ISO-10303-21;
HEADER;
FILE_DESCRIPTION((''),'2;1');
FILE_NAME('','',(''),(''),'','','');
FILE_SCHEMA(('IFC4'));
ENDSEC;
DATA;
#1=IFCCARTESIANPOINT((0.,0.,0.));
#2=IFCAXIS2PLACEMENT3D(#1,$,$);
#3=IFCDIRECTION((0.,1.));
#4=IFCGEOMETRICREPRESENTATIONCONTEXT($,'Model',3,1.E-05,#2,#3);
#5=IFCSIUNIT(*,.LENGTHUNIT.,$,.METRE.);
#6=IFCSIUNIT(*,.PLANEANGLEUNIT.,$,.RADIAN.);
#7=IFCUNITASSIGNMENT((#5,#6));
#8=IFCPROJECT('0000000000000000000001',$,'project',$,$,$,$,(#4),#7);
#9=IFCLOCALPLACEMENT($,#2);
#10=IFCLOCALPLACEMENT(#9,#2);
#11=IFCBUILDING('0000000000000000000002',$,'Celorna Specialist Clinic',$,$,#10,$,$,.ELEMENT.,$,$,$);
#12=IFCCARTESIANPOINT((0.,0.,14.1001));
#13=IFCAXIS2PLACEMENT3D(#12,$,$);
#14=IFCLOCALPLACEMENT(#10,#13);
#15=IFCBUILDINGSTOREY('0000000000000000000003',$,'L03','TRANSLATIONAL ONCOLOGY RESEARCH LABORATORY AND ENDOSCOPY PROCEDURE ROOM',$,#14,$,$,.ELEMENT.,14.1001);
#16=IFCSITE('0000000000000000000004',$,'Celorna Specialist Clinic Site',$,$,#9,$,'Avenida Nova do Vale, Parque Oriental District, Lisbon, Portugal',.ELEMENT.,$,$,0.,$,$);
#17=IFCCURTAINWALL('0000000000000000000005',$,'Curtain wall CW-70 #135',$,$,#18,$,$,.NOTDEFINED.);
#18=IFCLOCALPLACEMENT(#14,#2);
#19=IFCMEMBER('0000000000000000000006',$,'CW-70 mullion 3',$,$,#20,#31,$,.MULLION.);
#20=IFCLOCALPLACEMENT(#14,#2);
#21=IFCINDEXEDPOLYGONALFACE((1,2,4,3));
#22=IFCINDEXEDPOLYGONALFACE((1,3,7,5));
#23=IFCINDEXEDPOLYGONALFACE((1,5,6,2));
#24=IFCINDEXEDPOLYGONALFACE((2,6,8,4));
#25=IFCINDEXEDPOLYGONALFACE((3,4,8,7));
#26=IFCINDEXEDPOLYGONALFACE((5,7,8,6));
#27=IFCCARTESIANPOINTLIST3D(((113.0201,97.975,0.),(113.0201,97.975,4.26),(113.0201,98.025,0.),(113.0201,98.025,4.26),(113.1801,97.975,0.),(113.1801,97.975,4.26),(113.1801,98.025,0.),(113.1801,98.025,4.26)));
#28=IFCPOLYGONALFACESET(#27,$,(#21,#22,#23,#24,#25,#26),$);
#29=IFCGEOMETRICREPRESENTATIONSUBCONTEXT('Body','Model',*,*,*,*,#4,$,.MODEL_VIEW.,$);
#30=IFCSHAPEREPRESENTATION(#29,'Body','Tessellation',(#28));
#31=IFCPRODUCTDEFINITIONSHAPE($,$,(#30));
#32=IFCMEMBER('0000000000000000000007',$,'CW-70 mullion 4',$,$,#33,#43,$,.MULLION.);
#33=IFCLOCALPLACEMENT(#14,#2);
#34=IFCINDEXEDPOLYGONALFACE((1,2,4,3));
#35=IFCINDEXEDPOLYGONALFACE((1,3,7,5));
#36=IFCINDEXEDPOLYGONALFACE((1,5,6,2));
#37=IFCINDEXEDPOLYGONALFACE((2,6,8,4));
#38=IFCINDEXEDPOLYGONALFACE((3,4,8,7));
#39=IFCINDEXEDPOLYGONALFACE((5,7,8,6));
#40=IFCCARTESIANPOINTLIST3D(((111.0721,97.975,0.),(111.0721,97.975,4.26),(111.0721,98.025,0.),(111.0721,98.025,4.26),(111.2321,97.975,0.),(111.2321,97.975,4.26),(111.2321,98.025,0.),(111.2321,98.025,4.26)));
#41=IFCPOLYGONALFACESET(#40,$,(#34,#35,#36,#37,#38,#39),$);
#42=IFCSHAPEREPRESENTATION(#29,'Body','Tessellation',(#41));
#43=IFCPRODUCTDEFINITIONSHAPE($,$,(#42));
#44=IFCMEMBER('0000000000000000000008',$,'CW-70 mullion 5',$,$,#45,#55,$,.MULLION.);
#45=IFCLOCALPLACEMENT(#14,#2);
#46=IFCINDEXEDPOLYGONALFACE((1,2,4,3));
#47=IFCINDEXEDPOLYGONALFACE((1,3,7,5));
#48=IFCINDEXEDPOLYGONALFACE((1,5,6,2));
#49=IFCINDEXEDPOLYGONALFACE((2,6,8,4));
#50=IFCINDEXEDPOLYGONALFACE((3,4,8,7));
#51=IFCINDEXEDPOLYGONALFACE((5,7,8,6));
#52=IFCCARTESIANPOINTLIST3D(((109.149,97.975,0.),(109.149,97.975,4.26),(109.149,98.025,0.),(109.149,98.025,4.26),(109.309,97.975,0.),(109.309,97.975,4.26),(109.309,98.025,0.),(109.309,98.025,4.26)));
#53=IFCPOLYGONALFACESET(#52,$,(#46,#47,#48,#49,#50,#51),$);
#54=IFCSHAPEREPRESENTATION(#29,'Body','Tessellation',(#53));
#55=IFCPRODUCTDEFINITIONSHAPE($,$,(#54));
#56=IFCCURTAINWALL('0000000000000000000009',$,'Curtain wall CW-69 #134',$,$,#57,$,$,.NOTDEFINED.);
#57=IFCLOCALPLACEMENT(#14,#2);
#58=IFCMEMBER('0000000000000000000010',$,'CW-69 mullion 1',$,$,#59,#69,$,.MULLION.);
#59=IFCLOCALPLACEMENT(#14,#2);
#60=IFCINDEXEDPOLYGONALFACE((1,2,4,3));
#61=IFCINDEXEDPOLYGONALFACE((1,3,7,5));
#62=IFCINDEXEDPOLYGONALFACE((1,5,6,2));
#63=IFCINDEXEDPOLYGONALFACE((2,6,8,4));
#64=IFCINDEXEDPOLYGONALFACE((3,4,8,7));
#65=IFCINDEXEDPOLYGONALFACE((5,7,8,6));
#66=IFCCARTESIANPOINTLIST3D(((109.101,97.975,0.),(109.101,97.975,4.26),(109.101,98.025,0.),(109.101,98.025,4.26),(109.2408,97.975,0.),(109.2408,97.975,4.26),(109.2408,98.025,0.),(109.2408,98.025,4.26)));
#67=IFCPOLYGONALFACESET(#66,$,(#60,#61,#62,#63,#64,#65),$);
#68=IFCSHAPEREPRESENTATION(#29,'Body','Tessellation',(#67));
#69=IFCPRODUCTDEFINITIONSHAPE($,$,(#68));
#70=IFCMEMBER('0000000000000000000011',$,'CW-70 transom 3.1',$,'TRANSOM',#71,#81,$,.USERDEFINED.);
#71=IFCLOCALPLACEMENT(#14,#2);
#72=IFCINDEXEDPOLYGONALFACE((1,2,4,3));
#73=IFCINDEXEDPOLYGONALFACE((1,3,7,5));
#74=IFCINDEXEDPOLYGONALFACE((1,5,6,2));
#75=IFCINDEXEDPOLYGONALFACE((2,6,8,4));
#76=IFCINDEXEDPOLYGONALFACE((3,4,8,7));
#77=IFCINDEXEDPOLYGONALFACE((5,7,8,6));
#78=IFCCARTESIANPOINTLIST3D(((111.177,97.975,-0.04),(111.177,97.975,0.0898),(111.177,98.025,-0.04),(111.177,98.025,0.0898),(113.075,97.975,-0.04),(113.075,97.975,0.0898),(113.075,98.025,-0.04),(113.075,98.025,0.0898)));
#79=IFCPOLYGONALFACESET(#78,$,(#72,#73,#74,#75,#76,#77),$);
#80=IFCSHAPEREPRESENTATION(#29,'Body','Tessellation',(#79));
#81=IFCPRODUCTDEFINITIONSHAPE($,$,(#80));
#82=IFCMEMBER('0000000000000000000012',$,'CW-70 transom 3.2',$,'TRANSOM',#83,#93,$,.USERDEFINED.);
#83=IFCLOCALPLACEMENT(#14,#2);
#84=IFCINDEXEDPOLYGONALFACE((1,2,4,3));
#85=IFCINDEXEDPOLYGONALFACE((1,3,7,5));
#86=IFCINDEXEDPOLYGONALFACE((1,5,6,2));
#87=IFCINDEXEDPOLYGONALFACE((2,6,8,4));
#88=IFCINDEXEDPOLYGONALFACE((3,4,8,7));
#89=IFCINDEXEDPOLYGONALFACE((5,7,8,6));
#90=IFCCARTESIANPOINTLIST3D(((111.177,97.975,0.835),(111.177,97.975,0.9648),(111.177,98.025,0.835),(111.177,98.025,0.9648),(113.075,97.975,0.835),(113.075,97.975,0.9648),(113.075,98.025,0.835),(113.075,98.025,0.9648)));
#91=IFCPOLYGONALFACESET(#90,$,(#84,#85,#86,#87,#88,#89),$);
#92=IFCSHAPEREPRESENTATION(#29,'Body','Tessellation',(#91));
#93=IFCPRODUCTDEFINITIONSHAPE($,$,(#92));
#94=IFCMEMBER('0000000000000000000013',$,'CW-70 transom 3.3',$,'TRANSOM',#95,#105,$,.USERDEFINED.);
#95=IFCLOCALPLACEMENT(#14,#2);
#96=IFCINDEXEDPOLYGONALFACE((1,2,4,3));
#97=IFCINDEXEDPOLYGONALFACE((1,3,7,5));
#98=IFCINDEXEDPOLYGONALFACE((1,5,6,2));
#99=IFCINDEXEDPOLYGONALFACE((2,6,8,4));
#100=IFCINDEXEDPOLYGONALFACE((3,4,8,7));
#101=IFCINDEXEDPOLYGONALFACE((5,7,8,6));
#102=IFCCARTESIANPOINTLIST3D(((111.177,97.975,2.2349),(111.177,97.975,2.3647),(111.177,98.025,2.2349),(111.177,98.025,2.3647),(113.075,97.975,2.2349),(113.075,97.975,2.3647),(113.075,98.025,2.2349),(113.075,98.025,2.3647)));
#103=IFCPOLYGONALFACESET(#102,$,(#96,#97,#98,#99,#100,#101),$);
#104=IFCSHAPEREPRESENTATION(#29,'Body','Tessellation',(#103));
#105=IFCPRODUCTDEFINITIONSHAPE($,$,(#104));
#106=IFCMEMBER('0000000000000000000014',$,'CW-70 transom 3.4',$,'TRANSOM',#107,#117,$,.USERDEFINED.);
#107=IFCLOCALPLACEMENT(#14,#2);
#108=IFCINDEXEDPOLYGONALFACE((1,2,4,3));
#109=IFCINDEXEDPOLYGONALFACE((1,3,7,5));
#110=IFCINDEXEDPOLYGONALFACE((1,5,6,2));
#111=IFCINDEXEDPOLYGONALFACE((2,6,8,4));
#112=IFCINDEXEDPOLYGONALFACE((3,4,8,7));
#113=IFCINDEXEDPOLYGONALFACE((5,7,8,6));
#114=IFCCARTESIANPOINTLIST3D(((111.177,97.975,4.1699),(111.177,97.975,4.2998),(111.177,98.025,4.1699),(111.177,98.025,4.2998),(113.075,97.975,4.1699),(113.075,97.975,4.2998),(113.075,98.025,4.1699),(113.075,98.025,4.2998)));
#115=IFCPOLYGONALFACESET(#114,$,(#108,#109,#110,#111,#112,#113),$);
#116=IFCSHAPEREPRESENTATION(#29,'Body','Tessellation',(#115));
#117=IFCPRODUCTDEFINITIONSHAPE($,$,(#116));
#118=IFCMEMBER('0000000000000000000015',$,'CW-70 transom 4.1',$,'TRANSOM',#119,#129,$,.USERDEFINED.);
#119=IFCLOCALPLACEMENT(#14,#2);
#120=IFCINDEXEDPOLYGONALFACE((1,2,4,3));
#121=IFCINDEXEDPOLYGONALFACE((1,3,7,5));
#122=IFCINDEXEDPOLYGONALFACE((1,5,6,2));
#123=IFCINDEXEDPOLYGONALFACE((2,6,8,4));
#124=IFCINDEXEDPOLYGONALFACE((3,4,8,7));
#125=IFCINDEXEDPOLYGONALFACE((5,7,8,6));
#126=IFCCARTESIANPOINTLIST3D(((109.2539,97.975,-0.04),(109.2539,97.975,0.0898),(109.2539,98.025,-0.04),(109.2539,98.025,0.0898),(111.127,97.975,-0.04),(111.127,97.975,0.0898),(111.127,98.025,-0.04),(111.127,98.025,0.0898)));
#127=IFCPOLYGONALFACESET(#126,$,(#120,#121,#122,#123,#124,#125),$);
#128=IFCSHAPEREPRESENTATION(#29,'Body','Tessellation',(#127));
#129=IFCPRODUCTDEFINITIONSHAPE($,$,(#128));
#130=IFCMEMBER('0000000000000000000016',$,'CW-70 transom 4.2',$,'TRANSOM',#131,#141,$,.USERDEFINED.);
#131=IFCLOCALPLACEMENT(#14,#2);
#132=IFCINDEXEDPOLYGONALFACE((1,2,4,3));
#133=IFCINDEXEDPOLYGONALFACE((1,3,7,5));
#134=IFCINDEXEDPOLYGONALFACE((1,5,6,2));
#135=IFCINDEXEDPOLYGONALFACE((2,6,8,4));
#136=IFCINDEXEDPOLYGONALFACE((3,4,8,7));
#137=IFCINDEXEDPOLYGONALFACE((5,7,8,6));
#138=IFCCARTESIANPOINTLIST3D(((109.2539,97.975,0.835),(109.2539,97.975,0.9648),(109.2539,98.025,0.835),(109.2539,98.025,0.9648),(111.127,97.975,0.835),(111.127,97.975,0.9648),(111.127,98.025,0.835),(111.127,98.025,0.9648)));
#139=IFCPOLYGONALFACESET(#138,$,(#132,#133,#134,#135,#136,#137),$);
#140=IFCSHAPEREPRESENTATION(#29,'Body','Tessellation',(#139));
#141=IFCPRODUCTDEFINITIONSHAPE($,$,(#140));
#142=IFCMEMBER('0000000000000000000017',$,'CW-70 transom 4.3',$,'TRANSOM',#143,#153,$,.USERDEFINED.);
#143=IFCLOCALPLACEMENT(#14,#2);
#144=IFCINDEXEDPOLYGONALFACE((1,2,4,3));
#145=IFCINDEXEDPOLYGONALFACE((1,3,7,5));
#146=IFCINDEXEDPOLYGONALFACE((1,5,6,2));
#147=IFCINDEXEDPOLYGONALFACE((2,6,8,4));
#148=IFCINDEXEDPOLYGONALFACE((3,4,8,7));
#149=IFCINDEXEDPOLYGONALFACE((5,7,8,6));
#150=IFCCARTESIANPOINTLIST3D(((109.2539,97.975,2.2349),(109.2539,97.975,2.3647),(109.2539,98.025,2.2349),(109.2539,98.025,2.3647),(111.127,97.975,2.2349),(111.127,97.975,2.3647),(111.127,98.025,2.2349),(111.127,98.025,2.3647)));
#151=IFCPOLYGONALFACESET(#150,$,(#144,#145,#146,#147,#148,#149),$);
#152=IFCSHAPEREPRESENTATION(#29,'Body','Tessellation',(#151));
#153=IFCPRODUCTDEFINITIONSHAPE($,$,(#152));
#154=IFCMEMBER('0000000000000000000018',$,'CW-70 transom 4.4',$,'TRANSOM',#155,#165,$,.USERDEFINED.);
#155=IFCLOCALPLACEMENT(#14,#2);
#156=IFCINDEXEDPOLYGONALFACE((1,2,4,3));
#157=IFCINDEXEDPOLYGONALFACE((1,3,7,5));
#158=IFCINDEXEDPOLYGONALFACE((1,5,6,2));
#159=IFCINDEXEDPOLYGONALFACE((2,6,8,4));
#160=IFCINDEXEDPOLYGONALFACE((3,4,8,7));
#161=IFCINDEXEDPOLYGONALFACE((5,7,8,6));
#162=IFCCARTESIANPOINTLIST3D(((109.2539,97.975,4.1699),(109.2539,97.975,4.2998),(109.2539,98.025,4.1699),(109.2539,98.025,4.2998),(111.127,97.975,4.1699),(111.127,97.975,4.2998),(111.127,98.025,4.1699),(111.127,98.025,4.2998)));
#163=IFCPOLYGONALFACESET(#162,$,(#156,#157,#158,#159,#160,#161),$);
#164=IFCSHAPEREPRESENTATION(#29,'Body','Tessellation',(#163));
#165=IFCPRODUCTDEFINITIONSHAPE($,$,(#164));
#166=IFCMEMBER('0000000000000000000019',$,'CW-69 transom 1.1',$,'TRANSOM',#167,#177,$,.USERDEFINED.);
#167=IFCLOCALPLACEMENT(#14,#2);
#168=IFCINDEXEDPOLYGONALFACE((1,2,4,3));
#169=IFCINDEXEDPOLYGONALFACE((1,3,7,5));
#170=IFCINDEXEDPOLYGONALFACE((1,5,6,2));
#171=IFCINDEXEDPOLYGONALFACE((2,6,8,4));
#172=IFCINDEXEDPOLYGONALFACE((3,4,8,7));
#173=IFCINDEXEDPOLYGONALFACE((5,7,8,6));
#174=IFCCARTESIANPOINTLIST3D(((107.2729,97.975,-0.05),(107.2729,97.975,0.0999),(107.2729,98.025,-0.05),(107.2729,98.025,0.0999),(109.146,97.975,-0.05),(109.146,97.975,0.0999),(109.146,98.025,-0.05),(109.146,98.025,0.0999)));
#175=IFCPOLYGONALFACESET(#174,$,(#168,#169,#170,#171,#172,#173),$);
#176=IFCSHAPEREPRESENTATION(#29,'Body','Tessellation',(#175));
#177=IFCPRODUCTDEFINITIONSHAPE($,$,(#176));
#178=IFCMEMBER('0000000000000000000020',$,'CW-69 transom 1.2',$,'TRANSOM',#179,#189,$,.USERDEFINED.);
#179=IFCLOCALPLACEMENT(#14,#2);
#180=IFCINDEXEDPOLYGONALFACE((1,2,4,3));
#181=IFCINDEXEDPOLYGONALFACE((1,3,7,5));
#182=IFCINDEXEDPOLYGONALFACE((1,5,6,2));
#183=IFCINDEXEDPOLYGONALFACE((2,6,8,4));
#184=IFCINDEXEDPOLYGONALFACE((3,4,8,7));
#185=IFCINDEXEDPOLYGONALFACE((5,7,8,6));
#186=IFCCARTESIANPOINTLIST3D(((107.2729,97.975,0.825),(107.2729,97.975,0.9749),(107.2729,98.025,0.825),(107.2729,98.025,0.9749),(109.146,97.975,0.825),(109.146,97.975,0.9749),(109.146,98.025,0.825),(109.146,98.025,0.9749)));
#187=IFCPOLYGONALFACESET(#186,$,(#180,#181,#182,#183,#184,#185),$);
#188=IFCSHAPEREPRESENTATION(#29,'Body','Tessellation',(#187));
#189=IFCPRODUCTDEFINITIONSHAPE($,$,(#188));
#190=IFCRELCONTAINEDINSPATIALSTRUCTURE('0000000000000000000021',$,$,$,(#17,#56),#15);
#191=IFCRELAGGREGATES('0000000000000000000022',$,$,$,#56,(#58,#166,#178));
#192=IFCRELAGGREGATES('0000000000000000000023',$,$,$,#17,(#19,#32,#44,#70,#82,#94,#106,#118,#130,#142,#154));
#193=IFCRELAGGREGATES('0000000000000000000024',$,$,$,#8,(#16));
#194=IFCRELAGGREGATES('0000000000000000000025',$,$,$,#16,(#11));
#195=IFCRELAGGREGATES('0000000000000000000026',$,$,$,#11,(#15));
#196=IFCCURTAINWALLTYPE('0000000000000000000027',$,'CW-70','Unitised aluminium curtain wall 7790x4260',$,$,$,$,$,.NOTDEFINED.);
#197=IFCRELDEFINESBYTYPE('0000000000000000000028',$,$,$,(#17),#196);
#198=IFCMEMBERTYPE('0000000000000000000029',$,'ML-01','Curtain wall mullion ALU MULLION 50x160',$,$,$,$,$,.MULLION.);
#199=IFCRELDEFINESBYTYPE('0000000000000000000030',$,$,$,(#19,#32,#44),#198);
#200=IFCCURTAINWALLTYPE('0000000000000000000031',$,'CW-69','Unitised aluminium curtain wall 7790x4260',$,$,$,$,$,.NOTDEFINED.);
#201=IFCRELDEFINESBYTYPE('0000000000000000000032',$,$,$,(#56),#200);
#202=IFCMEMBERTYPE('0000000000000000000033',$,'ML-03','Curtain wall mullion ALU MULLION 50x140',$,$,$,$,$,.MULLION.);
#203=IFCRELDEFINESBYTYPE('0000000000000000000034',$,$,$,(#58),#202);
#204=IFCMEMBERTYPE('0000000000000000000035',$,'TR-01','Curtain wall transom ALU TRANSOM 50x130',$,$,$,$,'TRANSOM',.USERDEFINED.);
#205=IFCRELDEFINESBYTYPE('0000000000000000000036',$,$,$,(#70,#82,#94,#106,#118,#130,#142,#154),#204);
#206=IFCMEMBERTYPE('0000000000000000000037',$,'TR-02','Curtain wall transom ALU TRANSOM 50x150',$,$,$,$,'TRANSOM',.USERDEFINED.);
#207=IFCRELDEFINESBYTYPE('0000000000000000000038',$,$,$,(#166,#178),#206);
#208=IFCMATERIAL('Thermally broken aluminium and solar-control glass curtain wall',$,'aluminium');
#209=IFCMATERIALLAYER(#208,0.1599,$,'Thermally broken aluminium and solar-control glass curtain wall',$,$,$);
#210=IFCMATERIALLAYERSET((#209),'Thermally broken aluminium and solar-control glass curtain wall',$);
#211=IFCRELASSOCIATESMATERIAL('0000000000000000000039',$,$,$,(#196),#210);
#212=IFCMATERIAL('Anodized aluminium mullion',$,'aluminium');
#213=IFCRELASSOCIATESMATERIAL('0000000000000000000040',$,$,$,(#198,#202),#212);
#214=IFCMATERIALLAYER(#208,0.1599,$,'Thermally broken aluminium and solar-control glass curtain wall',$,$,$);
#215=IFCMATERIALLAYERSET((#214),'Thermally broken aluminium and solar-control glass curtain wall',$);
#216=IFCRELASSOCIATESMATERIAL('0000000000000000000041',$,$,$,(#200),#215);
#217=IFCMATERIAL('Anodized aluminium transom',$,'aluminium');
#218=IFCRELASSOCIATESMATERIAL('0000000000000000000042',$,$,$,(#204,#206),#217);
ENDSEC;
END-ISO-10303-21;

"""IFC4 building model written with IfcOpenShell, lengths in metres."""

from ifc_helpers import new_model, si_unit, direction, frame, origin, origin_2d, place, context, subcontext, project, spatial, rectangle, extrude, material, layer, layer_set, material_profile, profile_set, type_object, element, aggregate, save


model = new_model("IFC4")

# Units and contexts
model_context = context("Model", 3, precision=1e-05, world=origin(), true_north=direction((0.0, 1.0)))
body_context = subcontext(model_context, "Body", "Model", "MODEL_VIEW")
ifc_project = project(units=[si_unit("LENGTHUNIT", "METRE"), si_unit("PLANEANGLEUNIT", "RADIAN")], contexts=[model_context])

# Site, building, storey
site_placement = place(None, origin())
site = spatial("IfcSite", under=ifc_project, at=site_placement, Name="Celorna Specialist Clinic Site", LongName="Avenida Nova do Vale, Parque Oriental District, Lisbon, Portugal", CompositionType="ELEMENT", RefElevation=0.0)
building_placement = place(site_placement, origin())
building = spatial("IfcBuilding", under=site, at=building_placement, Name="Celorna Specialist Clinic", CompositionType="ELEMENT")
storey_placement = place(building_placement, frame((0.0, 0.0, 14.1001)))
storey = spatial("IfcBuildingStorey", under=building, at=storey_placement, Name="L03", Description="TRANSLATIONAL ONCOLOGY RESEARCH LABORATORY AND ENDOSCOPY PROCEDURE ROOM", CompositionType="ELEMENT", Elevation=14.1001)

# Curtain wall, members
ifc_material_1 = material(Name="Thermally broken aluminium and solar-control glass curtain wall", Category="aluminium")
ifc_layer_1 = layer(ifc_material_1, 0.1599, Name="Thermally broken aluminium and solar-control glass curtain wall")
ifc_layer_set_1 = layer_set([ifc_layer_1], Name="Thermally broken aluminium and solar-control glass curtain wall")
curtain_wall_type_1 = type_object("IfcCurtainWallType", Name="CW-70", Description="Unitised aluminium curtain wall 7790x4260", PredefinedType="NOTDEFINED", material=ifc_layer_set_1)
curtain_wall_1_placement = place(storey_placement, origin())
curtain_wall_1 = element("IfcCurtainWall", 1, at=curtain_wall_1_placement, inside=storey, type_object=curtain_wall_type_1, Name="Curtain wall CW-70 #135", PredefinedType="NOTDEFINED")
ifc_material_2 = material(Name="Anodized aluminium mullion", Category="aluminium")
ifc_material_profile_1 = material_profile(ifc_material_2, rectangle(XDim=0.05, YDim=0.1599, at=origin_2d()), Name="ALU MULLION 50x160")
ifc_profile_set_1 = profile_set([ifc_material_profile_1], Name="Anodized aluminium mullion")
member_type_1 = type_object("IfcMemberType", Name="ML-01", Description="Curtain wall mullion ALU MULLION 50x160", PredefinedType="MULLION", material=ifc_profile_set_1)
member_1_placement = place(storey_placement, frame((113.1001, 98.0, 0.0), z_axis=(0.0, 0.0, 1.0), x_axis=(0.0, -1.0, 0.0)))
member_1 = element("IfcMember", 2, at=member_1_placement, type_object=member_type_1, Name="CW-70 mullion 3", PredefinedType="MULLION", context=body_context, shape_type="SweptSolid", body=[
    extrude(rectangle(XDim=0.05, YDim=0.1599, at=origin_2d()), origin(), (0.0, 0.0, 1.0), 4.26),
])
member_2_placement = place(storey_placement, frame((111.1521, 98.0, 0.0), z_axis=(0.0, 0.0, 1.0), x_axis=(0.0, -1.0, 0.0)))
member_2 = element("IfcMember", 3, at=member_2_placement, type_object=member_type_1, Name="CW-70 mullion 4", PredefinedType="MULLION", context=body_context, shape_type="SweptSolid", body=[
    extrude(rectangle(XDim=0.05, YDim=0.1599, at=origin_2d()), origin(), (0.0, 0.0, 1.0), 4.26),
])
member_3_placement = place(storey_placement, frame((109.229, 98.0, 0.0), z_axis=(0.0, 0.0, 1.0), x_axis=(0.0, -1.0, 0.0)))
member_3 = element("IfcMember", 4, at=member_3_placement, type_object=member_type_1, Name="CW-70 mullion 5", PredefinedType="MULLION", context=body_context, shape_type="SweptSolid", body=[
    extrude(rectangle(XDim=0.05, YDim=0.1599, at=origin_2d()), origin(), (0.0, 0.0, 1.0), 4.26),
])

# Curtain wall, member
ifc_layer_2 = layer(ifc_material_1, 0.1599, Name="Thermally broken aluminium and solar-control glass curtain wall")
ifc_layer_set_2 = layer_set([ifc_layer_2], Name="Thermally broken aluminium and solar-control glass curtain wall")
curtain_wall_type_2 = type_object("IfcCurtainWallType", Name="CW-69", Description="Unitised aluminium curtain wall 7790x4260", PredefinedType="NOTDEFINED", material=ifc_layer_set_2)
curtain_wall_2_placement = place(storey_placement, origin())
curtain_wall_2 = element("IfcCurtainWall", 5, at=curtain_wall_2_placement, inside=storey, type_object=curtain_wall_type_2, Name="Curtain wall CW-69 #134", PredefinedType="NOTDEFINED")
ifc_material_profile_2 = material_profile(ifc_material_2, rectangle(XDim=0.05, YDim=0.1399, at=origin_2d()), Name="ALU MULLION 50x140")
ifc_profile_set_2 = profile_set([ifc_material_profile_2], Name="Anodized aluminium mullion")
member_type_2 = type_object("IfcMemberType", Name="ML-03", Description="Curtain wall mullion ALU MULLION 50x140", PredefinedType="MULLION", material=ifc_profile_set_2)
member_4_placement = place(storey_placement, frame((109.1709, 98.0, 0.0), z_axis=(0.0, 0.0, 1.0), x_axis=(0.0, -1.0, 0.0)))
member_4 = element("IfcMember", 6, at=member_4_placement, type_object=member_type_2, Name="CW-69 mullion 1", PredefinedType="MULLION", context=body_context, shape_type="SweptSolid", body=[
    extrude(rectangle(XDim=0.05, YDim=0.1399, at=origin_2d()), origin(), (0.0, 0.0, 1.0), 4.26),
])

# Members
ifc_material_3 = material(Name="Anodized aluminium transom", Category="aluminium")
ifc_material_profile_3 = material_profile(ifc_material_3, rectangle(XDim=0.05, YDim=0.1299, at=origin_2d()), Name="ALU TRANSOM 50x130")
ifc_profile_set_3 = profile_set([ifc_material_profile_3], Name="Anodized aluminium transom")
member_type_3 = type_object("IfcMemberType", Name="TR-01", Description="Curtain wall transom ALU TRANSOM 50x130", ElementType="TRANSOM", PredefinedType="USERDEFINED", material=ifc_profile_set_3)
member_5_placement = place(storey_placement, frame((113.075, 98.0, 0.0249), z_axis=(-1.0, 0.0, 0.0), x_axis=(0.0, -1.0, 0.0)))
member_5 = element("IfcMember", 7, at=member_5_placement, type_object=member_type_3, Name="CW-70 transom 3.1", ObjectType="TRANSOM", PredefinedType="USERDEFINED", context=body_context, shape_type="SweptSolid", body=[
    extrude(rectangle(XDim=0.05, YDim=0.1299, at=origin_2d()), origin(), (0.0, 0.0, 1.0), 1.8979),
])
member_6_placement = place(storey_placement, frame((113.075, 98.0, 0.8999), z_axis=(-1.0, 0.0, 0.0), x_axis=(0.0, -1.0, 0.0)))
member_6 = element("IfcMember", 8, at=member_6_placement, type_object=member_type_3, Name="CW-70 transom 3.2", ObjectType="TRANSOM", PredefinedType="USERDEFINED", context=body_context, shape_type="SweptSolid", body=[
    extrude(rectangle(XDim=0.05, YDim=0.1299, at=origin_2d()), origin(), (0.0, 0.0, 1.0), 1.8979),
])
member_7_placement = place(storey_placement, frame((113.075, 98.0, 2.2998), z_axis=(-1.0, 0.0, 0.0), x_axis=(0.0, -1.0, 0.0)))
member_7 = element("IfcMember", 9, at=member_7_placement, type_object=member_type_3, Name="CW-70 transom 3.3", ObjectType="TRANSOM", PredefinedType="USERDEFINED", context=body_context, shape_type="SweptSolid", body=[
    extrude(rectangle(XDim=0.05, YDim=0.1299, at=origin_2d()), origin(), (0.0, 0.0, 1.0), 1.8979),
])
member_8_placement = place(storey_placement, frame((113.075, 98.0, 4.2349), z_axis=(-1.0, 0.0, 0.0), x_axis=(0.0, -1.0, 0.0)))
member_8 = element("IfcMember", 10, at=member_8_placement, type_object=member_type_3, Name="CW-70 transom 3.4", ObjectType="TRANSOM", PredefinedType="USERDEFINED", context=body_context, shape_type="SweptSolid", body=[
    extrude(rectangle(XDim=0.05, YDim=0.1299, at=origin_2d()), origin(), (0.0, 0.0, 1.0), 1.8979),
])
member_9_placement = place(storey_placement, frame((111.127, 98.0, 0.0249), z_axis=(-1.0, 0.0, 0.0), x_axis=(0.0, -1.0, 0.0)))
member_9 = element("IfcMember", 11, at=member_9_placement, type_object=member_type_3, Name="CW-70 transom 4.1", ObjectType="TRANSOM", PredefinedType="USERDEFINED", context=body_context, shape_type="SweptSolid", body=[
    extrude(rectangle(XDim=0.05, YDim=0.1299, at=origin_2d()), origin(), (0.0, 0.0, 1.0), 1.873),
])
member_10_placement = place(storey_placement, frame((111.127, 98.0, 0.8999), z_axis=(-1.0, 0.0, 0.0), x_axis=(0.0, -1.0, 0.0)))
member_10 = element("IfcMember", 12, at=member_10_placement, type_object=member_type_3, Name="CW-70 transom 4.2", ObjectType="TRANSOM", PredefinedType="USERDEFINED", context=body_context, shape_type="SweptSolid", body=[
    extrude(rectangle(XDim=0.05, YDim=0.1299, at=origin_2d()), origin(), (0.0, 0.0, 1.0), 1.873),
])
member_11_placement = place(storey_placement, frame((111.127, 98.0, 2.2998), z_axis=(-1.0, 0.0, 0.0), x_axis=(0.0, -1.0, 0.0)))
member_11 = element("IfcMember", 13, at=member_11_placement, type_object=member_type_3, Name="CW-70 transom 4.3", ObjectType="TRANSOM", PredefinedType="USERDEFINED", context=body_context, shape_type="SweptSolid", body=[
    extrude(rectangle(XDim=0.05, YDim=0.1299, at=origin_2d()), origin(), (0.0, 0.0, 1.0), 1.873),
])
member_12_placement = place(storey_placement, frame((111.127, 98.0, 4.2349), z_axis=(-1.0, 0.0, 0.0), x_axis=(0.0, -1.0, 0.0)))
member_12 = element("IfcMember", 14, at=member_12_placement, type_object=member_type_3, Name="CW-70 transom 4.4", ObjectType="TRANSOM", PredefinedType="USERDEFINED", context=body_context, shape_type="SweptSolid", body=[
    extrude(rectangle(XDim=0.05, YDim=0.1299, at=origin_2d()), origin(), (0.0, 0.0, 1.0), 1.873),
])
ifc_material_profile_4 = material_profile(ifc_material_3, rectangle(XDim=0.05, YDim=0.1499, at=origin_2d()), Name="ALU TRANSOM 50x150")
ifc_profile_set_4 = profile_set([ifc_material_profile_4], Name="Anodized aluminium transom")
member_type_4 = type_object("IfcMemberType", Name="TR-02", Description="Curtain wall transom ALU TRANSOM 50x150", ElementType="TRANSOM", PredefinedType="USERDEFINED", material=ifc_profile_set_4)
member_13_placement = place(storey_placement, frame((109.146, 98.0, 0.0249), z_axis=(-1.0, 0.0, 0.0), x_axis=(0.0, -1.0, 0.0)))
member_13 = element("IfcMember", 15, at=member_13_placement, type_object=member_type_4, Name="CW-69 transom 1.1", ObjectType="TRANSOM", PredefinedType="USERDEFINED", context=body_context, shape_type="SweptSolid", body=[
    extrude(rectangle(XDim=0.05, YDim=0.1499, at=origin_2d()), origin(), (0.0, 0.0, 1.0), 1.873),
])
member_14_placement = place(storey_placement, frame((109.146, 98.0, 0.8999), z_axis=(-1.0, 0.0, 0.0), x_axis=(0.0, -1.0, 0.0)))
member_14 = element("IfcMember", 16, at=member_14_placement, type_object=member_type_4, Name="CW-69 transom 1.2", ObjectType="TRANSOM", PredefinedType="USERDEFINED", context=body_context, shape_type="SweptSolid", body=[
    extrude(rectangle(XDim=0.05, YDim=0.1499, at=origin_2d()), origin(), (0.0, 0.0, 1.0), 1.873),
])
aggregate(curtain_wall_2, [member_4, member_13, member_14])

aggregate(curtain_wall_1, [member_1, member_2, member_3, member_5, member_6, member_7, member_8, member_9, member_10, member_11, member_12])

save(model, "model.ifc")
